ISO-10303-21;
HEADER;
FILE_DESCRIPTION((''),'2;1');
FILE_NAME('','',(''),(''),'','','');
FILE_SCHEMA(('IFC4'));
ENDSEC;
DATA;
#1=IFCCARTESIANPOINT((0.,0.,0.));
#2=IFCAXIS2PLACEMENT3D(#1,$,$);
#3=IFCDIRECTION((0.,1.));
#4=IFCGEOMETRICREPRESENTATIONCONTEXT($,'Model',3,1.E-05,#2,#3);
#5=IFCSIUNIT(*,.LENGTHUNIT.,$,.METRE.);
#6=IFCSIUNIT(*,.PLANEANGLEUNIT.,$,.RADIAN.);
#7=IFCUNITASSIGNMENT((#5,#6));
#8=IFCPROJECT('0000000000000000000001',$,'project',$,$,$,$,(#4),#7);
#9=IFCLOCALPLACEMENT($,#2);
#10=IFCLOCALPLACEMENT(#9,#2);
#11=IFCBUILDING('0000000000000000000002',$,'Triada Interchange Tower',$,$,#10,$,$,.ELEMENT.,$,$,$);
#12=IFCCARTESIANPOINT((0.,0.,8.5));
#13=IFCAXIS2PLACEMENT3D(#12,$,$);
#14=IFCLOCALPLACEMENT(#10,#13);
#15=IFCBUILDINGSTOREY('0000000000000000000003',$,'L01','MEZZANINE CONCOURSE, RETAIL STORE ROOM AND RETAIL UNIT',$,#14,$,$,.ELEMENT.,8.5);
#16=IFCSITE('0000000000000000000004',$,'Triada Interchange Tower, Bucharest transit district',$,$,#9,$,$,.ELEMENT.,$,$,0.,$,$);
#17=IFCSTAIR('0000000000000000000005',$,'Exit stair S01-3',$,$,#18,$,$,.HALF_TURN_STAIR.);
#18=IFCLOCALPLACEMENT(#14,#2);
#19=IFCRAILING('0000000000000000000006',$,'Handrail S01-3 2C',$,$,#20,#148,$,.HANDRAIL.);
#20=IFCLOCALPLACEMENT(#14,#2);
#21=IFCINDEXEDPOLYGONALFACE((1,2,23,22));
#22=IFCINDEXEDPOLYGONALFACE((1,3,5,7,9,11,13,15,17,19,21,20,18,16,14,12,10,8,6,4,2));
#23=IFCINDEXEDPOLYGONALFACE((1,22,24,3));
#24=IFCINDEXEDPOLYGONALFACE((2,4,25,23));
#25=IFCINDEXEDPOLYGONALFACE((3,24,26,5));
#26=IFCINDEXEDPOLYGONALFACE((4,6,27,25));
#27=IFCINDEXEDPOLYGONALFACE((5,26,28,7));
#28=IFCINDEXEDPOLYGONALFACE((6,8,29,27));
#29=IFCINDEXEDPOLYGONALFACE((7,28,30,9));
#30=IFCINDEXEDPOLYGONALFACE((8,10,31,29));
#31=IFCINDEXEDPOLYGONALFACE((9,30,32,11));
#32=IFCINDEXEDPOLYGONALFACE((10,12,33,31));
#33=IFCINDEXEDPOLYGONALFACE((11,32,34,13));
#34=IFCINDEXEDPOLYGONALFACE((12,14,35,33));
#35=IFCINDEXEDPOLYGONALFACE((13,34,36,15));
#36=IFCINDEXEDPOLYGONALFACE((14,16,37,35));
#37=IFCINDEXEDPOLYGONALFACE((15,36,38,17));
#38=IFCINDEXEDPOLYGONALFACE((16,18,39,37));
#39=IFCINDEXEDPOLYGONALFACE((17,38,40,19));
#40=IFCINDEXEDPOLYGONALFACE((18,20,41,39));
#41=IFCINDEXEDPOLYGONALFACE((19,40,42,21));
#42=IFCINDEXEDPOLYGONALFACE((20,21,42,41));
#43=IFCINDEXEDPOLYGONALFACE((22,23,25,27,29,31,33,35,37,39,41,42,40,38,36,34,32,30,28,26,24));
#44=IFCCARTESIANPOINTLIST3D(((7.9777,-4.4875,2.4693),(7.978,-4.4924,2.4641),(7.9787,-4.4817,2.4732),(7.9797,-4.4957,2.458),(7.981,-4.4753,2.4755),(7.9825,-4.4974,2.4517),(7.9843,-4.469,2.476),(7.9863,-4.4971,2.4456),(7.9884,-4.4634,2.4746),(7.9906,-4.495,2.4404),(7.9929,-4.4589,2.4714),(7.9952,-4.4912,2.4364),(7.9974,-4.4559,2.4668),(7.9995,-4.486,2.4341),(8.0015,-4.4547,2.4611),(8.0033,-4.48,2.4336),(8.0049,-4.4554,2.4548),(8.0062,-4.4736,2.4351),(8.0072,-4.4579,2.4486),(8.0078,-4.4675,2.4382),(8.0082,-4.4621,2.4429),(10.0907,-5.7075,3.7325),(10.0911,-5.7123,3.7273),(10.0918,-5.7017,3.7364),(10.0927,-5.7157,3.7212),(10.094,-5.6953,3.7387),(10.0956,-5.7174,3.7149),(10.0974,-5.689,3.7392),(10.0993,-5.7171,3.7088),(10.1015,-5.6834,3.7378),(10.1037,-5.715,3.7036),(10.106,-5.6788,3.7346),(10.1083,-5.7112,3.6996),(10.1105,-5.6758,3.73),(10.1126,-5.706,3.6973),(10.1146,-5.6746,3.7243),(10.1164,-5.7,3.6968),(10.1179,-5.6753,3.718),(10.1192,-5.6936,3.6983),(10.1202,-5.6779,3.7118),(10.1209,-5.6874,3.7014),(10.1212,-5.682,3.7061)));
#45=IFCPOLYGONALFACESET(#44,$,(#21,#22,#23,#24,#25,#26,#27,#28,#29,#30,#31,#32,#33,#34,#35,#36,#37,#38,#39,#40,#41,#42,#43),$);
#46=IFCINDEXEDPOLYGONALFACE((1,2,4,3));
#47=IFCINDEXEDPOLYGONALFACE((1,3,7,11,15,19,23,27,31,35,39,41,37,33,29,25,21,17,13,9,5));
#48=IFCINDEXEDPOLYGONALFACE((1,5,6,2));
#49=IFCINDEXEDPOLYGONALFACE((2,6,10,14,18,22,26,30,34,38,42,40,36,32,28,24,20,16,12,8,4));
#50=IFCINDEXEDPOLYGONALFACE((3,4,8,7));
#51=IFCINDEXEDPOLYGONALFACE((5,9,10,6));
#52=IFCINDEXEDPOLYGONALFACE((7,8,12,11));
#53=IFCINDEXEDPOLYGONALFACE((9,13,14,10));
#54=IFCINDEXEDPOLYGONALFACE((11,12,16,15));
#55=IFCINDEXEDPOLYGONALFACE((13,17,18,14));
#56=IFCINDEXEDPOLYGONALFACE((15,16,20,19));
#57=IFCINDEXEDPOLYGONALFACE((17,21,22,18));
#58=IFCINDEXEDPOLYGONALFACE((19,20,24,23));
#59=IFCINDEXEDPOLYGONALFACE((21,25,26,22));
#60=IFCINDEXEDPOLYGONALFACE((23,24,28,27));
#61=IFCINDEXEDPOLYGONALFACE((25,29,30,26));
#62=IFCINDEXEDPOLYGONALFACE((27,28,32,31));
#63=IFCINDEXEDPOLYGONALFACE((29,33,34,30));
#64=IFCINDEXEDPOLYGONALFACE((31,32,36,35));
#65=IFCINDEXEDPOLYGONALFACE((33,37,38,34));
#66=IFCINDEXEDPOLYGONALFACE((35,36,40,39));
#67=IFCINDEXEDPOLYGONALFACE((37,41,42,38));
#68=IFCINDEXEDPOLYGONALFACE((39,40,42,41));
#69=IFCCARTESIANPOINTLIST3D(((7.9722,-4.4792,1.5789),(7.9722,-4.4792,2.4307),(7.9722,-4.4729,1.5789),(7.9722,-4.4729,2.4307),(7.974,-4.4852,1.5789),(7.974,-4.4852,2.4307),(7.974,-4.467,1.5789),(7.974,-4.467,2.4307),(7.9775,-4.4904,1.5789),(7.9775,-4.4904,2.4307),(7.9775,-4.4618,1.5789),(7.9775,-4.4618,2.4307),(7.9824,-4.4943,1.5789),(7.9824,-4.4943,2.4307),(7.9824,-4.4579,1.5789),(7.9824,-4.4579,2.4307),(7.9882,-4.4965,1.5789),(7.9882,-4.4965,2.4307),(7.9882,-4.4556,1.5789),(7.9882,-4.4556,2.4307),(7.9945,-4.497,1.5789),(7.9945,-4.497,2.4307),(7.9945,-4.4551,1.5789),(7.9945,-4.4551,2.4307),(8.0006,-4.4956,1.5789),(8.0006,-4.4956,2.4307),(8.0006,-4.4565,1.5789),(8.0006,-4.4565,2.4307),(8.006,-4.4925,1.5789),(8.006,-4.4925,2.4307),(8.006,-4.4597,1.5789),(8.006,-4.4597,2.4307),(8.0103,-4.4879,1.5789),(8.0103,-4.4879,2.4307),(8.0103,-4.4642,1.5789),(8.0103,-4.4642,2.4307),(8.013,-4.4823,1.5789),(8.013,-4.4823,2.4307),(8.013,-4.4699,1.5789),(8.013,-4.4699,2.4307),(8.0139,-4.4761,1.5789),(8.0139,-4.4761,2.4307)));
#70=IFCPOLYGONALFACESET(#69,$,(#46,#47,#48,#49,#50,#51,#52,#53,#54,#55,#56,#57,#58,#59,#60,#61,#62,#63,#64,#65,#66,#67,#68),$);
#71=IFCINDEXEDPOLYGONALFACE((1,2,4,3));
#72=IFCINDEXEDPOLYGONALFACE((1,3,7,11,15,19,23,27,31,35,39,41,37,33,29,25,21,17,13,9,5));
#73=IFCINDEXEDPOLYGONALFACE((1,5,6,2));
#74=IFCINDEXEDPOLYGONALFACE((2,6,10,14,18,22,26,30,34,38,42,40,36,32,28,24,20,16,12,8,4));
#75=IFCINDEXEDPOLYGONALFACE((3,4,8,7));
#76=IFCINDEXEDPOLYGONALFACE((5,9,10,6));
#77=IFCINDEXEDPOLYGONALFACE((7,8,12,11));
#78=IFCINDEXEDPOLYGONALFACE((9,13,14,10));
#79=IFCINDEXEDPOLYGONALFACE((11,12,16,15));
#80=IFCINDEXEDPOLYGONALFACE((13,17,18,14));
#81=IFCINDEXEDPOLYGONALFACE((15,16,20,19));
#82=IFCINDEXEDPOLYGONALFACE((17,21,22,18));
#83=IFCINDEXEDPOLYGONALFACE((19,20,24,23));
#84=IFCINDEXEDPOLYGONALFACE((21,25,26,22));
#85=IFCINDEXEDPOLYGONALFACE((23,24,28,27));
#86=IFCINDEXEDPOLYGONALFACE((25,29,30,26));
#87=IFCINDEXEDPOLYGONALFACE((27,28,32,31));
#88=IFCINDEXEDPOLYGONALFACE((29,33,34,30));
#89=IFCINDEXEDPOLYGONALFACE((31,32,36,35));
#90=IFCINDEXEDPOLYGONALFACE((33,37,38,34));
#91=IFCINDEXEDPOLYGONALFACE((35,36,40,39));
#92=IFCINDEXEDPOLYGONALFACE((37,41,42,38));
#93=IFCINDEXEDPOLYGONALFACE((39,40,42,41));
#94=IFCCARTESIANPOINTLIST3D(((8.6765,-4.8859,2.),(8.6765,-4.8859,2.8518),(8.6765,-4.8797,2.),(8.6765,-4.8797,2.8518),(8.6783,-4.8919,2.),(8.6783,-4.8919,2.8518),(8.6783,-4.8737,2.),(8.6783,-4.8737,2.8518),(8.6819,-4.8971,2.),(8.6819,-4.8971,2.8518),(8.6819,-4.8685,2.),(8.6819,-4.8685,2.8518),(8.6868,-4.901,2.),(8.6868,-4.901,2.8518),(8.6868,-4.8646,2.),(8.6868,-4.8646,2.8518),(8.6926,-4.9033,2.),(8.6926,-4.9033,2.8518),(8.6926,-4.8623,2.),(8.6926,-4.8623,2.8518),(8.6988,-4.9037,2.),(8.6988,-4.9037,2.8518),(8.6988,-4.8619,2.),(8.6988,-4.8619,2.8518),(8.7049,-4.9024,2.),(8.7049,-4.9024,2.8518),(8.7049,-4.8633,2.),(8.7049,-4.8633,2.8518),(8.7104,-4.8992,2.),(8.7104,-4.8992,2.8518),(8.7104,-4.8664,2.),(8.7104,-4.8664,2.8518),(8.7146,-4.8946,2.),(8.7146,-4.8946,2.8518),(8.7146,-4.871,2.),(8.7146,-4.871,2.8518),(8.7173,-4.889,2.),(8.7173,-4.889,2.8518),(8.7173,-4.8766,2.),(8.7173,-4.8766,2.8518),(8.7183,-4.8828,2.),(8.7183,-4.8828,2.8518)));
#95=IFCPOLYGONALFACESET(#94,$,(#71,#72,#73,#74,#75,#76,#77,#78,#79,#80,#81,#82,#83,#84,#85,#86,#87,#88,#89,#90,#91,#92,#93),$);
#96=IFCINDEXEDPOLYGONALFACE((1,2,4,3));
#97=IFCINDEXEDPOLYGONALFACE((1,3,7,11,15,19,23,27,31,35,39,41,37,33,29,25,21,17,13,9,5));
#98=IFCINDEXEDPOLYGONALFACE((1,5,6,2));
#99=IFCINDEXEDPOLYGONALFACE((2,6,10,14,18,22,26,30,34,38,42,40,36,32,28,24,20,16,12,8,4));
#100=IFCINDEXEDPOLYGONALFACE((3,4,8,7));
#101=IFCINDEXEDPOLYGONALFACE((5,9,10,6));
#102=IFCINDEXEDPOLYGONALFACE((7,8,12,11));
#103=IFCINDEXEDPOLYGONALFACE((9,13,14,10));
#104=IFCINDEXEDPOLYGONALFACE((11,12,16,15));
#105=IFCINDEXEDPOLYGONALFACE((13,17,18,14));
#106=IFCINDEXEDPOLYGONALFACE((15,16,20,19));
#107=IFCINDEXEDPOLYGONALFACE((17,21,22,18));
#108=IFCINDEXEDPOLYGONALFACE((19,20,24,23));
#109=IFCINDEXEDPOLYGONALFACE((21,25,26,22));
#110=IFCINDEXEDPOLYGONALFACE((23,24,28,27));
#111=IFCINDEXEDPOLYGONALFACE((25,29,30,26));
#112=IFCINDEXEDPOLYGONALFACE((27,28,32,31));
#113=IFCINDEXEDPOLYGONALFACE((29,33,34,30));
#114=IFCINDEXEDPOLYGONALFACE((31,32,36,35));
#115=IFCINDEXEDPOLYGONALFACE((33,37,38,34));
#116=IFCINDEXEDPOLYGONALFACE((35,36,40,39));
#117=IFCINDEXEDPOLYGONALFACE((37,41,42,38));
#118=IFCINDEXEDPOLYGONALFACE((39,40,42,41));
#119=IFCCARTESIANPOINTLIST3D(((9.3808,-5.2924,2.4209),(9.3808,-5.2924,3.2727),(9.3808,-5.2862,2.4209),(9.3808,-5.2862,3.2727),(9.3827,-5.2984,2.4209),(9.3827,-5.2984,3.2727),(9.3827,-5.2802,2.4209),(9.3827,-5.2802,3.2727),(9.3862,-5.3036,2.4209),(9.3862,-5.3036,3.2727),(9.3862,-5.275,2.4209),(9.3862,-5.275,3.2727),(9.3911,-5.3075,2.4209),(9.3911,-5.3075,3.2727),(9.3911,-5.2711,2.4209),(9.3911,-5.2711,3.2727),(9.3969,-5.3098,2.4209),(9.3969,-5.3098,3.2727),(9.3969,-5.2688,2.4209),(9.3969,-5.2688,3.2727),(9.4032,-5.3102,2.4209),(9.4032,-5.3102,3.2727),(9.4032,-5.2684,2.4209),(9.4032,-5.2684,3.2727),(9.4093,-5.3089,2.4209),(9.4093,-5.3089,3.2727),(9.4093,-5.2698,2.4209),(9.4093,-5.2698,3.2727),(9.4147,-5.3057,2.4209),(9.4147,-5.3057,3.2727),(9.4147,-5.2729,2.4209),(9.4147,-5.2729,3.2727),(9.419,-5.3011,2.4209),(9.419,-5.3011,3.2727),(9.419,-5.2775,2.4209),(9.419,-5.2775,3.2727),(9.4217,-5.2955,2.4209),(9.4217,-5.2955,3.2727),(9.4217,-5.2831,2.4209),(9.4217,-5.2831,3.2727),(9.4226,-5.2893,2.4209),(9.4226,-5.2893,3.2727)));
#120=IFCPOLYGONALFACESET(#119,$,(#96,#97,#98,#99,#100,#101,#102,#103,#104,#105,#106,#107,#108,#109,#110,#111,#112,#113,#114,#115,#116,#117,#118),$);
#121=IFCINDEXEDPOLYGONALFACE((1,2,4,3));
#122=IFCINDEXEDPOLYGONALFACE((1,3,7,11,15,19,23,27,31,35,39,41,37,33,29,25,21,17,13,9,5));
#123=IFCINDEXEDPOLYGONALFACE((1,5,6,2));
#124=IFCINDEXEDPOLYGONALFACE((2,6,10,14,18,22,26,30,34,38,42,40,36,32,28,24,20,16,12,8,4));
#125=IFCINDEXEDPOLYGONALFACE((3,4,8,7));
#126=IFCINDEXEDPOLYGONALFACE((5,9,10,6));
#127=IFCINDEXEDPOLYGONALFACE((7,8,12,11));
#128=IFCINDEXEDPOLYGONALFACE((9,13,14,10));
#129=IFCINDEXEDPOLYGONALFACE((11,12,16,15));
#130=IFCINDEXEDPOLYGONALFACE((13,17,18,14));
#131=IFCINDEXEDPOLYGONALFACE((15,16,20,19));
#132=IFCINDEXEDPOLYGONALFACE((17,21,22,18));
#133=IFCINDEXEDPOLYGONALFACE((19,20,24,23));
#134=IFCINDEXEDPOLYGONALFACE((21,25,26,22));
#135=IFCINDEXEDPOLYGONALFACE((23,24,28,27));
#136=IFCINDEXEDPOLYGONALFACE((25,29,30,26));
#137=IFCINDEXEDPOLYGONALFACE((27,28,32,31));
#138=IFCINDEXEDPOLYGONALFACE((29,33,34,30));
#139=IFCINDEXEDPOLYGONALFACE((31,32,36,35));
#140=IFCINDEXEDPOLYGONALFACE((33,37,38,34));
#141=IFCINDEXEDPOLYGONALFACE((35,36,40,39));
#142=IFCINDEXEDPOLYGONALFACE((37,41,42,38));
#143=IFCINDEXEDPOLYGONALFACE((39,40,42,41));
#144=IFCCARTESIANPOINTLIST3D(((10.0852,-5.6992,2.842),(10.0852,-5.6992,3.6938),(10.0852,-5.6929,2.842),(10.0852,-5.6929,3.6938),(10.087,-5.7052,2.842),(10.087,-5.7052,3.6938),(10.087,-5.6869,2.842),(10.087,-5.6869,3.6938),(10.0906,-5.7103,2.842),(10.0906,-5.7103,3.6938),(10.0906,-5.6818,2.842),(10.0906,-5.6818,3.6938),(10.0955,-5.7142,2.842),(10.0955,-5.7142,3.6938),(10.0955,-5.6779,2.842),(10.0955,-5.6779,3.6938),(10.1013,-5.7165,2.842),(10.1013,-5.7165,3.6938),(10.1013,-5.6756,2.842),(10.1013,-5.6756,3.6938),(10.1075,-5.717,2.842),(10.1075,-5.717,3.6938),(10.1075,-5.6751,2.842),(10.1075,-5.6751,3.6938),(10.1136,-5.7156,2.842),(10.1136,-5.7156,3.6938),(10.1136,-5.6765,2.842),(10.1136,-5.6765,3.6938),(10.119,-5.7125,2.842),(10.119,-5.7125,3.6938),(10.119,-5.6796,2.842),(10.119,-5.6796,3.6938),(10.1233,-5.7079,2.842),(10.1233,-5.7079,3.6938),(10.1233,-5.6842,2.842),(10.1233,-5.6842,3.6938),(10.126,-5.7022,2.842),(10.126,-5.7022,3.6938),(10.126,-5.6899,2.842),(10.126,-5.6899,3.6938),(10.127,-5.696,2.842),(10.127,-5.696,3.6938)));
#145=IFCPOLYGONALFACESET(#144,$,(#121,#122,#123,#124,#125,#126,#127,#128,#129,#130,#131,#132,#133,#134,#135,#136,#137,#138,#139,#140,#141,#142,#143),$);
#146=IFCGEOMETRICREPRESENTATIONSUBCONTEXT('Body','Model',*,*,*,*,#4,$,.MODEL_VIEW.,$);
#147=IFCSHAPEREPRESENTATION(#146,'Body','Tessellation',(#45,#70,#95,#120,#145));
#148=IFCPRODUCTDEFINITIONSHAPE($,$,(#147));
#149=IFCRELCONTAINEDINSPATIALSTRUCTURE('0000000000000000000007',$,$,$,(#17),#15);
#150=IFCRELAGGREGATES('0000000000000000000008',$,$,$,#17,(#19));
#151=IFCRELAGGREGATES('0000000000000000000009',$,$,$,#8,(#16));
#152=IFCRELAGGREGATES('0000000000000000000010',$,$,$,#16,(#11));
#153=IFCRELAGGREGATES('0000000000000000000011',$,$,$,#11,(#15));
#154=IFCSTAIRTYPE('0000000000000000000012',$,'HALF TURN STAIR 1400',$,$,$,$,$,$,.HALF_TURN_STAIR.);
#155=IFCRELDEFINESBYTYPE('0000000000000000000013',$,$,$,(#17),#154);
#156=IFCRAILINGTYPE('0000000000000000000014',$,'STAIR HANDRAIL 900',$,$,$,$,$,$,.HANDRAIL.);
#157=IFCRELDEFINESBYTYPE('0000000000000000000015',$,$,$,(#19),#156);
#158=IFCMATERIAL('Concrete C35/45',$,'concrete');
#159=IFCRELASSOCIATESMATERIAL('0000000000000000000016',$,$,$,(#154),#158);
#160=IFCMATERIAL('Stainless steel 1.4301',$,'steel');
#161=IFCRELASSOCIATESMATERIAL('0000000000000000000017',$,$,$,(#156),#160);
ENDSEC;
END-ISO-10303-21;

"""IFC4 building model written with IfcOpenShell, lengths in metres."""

from ifc_helpers import new_model, si_unit, direction, frame, origin, origin_2d, place, context, subcontext, project, spatial, circle, extrude, material, type_object, element, aggregate, save


model = new_model("IFC4")

# Units and contexts
model_context = context("Model", 3, precision=1e-05, world=origin(), true_north=direction((0.0, 1.0)))
body_context = subcontext(model_context, "Body", "Model", "MODEL_VIEW")
ifc_project = project(units=[si_unit("LENGTHUNIT", "METRE"), si_unit("PLANEANGLEUNIT", "RADIAN")], contexts=[model_context])

# Site, building, storey
site_placement = place(None, origin())
site = spatial("IfcSite", under=ifc_project, at=site_placement, Name="Triada Interchange Tower, Bucharest transit district", CompositionType="ELEMENT", RefElevation=0.0)
building_placement = place(site_placement, origin())
building = spatial("IfcBuilding", under=site, at=building_placement, Name="Triada Interchange Tower", CompositionType="ELEMENT")
storey_placement = place(building_placement, frame((0.0, 0.0, 8.5)))
storey = spatial("IfcBuildingStorey", under=building, at=storey_placement, Name="L01", Description="MEZZANINE CONCOURSE, RETAIL STORE ROOM AND RETAIL UNIT", CompositionType="ELEMENT", Elevation=8.5)

# Shared definitions
ifc_material_1 = material(Name="Concrete C35/45", Category="concrete")

# Stair
stair_type = type_object("IfcStairType", Name="HALF TURN STAIR 1400", PredefinedType="HALF_TURN_STAIR", material=ifc_material_1)
stair_1_placement = place(storey_placement, origin())
stair_1 = element("IfcStair", 1, at=stair_1_placement, inside=storey, type_object=stair_type, Name="Exit stair S01-3", PredefinedType="HALF_TURN_STAIR")

# Railing
ifc_material_2 = material(Name="Stainless steel 1.4301", Category="steel")
railing_type_1 = type_object("IfcRailingType", Name="STAIR HANDRAIL 900", PredefinedType="HANDRAIL", material=ifc_material_2)
railing_1_placement = place(storey_placement, frame((7.9929, -4.4761, 1.5789)))
railing_1 = element("IfcRailing", 2, at=railing_1_placement, type_object=railing_type_1, Name="Handrail S01-3 2C", PredefinedType="HANDRAIL", context=body_context, shape_type="SweptSolid", body=[
    extrude(circle(Radius=0.0239, at=origin_2d()), frame((0.0, 0.0, 0.876), z_axis=(0.76907, -0.444026, 0.459753), x_axis=(0.500003, 0.866024, 0.0)), (0.0, 0.0, 1.0), 2.7476),
    extrude(circle(Radius=0.021, at=origin_2d()), origin(), (0.0, 0.0, 1.0), 0.8518),
    extrude(circle(Radius=0.021, at=origin_2d()), frame((0.7043, -0.4067, 0.4211)), (0.0, 0.0, 1.0), 0.8518),
    extrude(circle(Radius=0.021, at=origin_2d()), frame((1.4087, -0.8132, 0.842)), (0.0, 0.0, 1.0), 0.8518),
    extrude(circle(Radius=0.021, at=origin_2d()), frame((2.113, -1.22, 1.2632)), (0.0, 0.0, 1.0), 0.8518),
])
aggregate(stair_1, [railing_1])

save(model, "model.ifc")
